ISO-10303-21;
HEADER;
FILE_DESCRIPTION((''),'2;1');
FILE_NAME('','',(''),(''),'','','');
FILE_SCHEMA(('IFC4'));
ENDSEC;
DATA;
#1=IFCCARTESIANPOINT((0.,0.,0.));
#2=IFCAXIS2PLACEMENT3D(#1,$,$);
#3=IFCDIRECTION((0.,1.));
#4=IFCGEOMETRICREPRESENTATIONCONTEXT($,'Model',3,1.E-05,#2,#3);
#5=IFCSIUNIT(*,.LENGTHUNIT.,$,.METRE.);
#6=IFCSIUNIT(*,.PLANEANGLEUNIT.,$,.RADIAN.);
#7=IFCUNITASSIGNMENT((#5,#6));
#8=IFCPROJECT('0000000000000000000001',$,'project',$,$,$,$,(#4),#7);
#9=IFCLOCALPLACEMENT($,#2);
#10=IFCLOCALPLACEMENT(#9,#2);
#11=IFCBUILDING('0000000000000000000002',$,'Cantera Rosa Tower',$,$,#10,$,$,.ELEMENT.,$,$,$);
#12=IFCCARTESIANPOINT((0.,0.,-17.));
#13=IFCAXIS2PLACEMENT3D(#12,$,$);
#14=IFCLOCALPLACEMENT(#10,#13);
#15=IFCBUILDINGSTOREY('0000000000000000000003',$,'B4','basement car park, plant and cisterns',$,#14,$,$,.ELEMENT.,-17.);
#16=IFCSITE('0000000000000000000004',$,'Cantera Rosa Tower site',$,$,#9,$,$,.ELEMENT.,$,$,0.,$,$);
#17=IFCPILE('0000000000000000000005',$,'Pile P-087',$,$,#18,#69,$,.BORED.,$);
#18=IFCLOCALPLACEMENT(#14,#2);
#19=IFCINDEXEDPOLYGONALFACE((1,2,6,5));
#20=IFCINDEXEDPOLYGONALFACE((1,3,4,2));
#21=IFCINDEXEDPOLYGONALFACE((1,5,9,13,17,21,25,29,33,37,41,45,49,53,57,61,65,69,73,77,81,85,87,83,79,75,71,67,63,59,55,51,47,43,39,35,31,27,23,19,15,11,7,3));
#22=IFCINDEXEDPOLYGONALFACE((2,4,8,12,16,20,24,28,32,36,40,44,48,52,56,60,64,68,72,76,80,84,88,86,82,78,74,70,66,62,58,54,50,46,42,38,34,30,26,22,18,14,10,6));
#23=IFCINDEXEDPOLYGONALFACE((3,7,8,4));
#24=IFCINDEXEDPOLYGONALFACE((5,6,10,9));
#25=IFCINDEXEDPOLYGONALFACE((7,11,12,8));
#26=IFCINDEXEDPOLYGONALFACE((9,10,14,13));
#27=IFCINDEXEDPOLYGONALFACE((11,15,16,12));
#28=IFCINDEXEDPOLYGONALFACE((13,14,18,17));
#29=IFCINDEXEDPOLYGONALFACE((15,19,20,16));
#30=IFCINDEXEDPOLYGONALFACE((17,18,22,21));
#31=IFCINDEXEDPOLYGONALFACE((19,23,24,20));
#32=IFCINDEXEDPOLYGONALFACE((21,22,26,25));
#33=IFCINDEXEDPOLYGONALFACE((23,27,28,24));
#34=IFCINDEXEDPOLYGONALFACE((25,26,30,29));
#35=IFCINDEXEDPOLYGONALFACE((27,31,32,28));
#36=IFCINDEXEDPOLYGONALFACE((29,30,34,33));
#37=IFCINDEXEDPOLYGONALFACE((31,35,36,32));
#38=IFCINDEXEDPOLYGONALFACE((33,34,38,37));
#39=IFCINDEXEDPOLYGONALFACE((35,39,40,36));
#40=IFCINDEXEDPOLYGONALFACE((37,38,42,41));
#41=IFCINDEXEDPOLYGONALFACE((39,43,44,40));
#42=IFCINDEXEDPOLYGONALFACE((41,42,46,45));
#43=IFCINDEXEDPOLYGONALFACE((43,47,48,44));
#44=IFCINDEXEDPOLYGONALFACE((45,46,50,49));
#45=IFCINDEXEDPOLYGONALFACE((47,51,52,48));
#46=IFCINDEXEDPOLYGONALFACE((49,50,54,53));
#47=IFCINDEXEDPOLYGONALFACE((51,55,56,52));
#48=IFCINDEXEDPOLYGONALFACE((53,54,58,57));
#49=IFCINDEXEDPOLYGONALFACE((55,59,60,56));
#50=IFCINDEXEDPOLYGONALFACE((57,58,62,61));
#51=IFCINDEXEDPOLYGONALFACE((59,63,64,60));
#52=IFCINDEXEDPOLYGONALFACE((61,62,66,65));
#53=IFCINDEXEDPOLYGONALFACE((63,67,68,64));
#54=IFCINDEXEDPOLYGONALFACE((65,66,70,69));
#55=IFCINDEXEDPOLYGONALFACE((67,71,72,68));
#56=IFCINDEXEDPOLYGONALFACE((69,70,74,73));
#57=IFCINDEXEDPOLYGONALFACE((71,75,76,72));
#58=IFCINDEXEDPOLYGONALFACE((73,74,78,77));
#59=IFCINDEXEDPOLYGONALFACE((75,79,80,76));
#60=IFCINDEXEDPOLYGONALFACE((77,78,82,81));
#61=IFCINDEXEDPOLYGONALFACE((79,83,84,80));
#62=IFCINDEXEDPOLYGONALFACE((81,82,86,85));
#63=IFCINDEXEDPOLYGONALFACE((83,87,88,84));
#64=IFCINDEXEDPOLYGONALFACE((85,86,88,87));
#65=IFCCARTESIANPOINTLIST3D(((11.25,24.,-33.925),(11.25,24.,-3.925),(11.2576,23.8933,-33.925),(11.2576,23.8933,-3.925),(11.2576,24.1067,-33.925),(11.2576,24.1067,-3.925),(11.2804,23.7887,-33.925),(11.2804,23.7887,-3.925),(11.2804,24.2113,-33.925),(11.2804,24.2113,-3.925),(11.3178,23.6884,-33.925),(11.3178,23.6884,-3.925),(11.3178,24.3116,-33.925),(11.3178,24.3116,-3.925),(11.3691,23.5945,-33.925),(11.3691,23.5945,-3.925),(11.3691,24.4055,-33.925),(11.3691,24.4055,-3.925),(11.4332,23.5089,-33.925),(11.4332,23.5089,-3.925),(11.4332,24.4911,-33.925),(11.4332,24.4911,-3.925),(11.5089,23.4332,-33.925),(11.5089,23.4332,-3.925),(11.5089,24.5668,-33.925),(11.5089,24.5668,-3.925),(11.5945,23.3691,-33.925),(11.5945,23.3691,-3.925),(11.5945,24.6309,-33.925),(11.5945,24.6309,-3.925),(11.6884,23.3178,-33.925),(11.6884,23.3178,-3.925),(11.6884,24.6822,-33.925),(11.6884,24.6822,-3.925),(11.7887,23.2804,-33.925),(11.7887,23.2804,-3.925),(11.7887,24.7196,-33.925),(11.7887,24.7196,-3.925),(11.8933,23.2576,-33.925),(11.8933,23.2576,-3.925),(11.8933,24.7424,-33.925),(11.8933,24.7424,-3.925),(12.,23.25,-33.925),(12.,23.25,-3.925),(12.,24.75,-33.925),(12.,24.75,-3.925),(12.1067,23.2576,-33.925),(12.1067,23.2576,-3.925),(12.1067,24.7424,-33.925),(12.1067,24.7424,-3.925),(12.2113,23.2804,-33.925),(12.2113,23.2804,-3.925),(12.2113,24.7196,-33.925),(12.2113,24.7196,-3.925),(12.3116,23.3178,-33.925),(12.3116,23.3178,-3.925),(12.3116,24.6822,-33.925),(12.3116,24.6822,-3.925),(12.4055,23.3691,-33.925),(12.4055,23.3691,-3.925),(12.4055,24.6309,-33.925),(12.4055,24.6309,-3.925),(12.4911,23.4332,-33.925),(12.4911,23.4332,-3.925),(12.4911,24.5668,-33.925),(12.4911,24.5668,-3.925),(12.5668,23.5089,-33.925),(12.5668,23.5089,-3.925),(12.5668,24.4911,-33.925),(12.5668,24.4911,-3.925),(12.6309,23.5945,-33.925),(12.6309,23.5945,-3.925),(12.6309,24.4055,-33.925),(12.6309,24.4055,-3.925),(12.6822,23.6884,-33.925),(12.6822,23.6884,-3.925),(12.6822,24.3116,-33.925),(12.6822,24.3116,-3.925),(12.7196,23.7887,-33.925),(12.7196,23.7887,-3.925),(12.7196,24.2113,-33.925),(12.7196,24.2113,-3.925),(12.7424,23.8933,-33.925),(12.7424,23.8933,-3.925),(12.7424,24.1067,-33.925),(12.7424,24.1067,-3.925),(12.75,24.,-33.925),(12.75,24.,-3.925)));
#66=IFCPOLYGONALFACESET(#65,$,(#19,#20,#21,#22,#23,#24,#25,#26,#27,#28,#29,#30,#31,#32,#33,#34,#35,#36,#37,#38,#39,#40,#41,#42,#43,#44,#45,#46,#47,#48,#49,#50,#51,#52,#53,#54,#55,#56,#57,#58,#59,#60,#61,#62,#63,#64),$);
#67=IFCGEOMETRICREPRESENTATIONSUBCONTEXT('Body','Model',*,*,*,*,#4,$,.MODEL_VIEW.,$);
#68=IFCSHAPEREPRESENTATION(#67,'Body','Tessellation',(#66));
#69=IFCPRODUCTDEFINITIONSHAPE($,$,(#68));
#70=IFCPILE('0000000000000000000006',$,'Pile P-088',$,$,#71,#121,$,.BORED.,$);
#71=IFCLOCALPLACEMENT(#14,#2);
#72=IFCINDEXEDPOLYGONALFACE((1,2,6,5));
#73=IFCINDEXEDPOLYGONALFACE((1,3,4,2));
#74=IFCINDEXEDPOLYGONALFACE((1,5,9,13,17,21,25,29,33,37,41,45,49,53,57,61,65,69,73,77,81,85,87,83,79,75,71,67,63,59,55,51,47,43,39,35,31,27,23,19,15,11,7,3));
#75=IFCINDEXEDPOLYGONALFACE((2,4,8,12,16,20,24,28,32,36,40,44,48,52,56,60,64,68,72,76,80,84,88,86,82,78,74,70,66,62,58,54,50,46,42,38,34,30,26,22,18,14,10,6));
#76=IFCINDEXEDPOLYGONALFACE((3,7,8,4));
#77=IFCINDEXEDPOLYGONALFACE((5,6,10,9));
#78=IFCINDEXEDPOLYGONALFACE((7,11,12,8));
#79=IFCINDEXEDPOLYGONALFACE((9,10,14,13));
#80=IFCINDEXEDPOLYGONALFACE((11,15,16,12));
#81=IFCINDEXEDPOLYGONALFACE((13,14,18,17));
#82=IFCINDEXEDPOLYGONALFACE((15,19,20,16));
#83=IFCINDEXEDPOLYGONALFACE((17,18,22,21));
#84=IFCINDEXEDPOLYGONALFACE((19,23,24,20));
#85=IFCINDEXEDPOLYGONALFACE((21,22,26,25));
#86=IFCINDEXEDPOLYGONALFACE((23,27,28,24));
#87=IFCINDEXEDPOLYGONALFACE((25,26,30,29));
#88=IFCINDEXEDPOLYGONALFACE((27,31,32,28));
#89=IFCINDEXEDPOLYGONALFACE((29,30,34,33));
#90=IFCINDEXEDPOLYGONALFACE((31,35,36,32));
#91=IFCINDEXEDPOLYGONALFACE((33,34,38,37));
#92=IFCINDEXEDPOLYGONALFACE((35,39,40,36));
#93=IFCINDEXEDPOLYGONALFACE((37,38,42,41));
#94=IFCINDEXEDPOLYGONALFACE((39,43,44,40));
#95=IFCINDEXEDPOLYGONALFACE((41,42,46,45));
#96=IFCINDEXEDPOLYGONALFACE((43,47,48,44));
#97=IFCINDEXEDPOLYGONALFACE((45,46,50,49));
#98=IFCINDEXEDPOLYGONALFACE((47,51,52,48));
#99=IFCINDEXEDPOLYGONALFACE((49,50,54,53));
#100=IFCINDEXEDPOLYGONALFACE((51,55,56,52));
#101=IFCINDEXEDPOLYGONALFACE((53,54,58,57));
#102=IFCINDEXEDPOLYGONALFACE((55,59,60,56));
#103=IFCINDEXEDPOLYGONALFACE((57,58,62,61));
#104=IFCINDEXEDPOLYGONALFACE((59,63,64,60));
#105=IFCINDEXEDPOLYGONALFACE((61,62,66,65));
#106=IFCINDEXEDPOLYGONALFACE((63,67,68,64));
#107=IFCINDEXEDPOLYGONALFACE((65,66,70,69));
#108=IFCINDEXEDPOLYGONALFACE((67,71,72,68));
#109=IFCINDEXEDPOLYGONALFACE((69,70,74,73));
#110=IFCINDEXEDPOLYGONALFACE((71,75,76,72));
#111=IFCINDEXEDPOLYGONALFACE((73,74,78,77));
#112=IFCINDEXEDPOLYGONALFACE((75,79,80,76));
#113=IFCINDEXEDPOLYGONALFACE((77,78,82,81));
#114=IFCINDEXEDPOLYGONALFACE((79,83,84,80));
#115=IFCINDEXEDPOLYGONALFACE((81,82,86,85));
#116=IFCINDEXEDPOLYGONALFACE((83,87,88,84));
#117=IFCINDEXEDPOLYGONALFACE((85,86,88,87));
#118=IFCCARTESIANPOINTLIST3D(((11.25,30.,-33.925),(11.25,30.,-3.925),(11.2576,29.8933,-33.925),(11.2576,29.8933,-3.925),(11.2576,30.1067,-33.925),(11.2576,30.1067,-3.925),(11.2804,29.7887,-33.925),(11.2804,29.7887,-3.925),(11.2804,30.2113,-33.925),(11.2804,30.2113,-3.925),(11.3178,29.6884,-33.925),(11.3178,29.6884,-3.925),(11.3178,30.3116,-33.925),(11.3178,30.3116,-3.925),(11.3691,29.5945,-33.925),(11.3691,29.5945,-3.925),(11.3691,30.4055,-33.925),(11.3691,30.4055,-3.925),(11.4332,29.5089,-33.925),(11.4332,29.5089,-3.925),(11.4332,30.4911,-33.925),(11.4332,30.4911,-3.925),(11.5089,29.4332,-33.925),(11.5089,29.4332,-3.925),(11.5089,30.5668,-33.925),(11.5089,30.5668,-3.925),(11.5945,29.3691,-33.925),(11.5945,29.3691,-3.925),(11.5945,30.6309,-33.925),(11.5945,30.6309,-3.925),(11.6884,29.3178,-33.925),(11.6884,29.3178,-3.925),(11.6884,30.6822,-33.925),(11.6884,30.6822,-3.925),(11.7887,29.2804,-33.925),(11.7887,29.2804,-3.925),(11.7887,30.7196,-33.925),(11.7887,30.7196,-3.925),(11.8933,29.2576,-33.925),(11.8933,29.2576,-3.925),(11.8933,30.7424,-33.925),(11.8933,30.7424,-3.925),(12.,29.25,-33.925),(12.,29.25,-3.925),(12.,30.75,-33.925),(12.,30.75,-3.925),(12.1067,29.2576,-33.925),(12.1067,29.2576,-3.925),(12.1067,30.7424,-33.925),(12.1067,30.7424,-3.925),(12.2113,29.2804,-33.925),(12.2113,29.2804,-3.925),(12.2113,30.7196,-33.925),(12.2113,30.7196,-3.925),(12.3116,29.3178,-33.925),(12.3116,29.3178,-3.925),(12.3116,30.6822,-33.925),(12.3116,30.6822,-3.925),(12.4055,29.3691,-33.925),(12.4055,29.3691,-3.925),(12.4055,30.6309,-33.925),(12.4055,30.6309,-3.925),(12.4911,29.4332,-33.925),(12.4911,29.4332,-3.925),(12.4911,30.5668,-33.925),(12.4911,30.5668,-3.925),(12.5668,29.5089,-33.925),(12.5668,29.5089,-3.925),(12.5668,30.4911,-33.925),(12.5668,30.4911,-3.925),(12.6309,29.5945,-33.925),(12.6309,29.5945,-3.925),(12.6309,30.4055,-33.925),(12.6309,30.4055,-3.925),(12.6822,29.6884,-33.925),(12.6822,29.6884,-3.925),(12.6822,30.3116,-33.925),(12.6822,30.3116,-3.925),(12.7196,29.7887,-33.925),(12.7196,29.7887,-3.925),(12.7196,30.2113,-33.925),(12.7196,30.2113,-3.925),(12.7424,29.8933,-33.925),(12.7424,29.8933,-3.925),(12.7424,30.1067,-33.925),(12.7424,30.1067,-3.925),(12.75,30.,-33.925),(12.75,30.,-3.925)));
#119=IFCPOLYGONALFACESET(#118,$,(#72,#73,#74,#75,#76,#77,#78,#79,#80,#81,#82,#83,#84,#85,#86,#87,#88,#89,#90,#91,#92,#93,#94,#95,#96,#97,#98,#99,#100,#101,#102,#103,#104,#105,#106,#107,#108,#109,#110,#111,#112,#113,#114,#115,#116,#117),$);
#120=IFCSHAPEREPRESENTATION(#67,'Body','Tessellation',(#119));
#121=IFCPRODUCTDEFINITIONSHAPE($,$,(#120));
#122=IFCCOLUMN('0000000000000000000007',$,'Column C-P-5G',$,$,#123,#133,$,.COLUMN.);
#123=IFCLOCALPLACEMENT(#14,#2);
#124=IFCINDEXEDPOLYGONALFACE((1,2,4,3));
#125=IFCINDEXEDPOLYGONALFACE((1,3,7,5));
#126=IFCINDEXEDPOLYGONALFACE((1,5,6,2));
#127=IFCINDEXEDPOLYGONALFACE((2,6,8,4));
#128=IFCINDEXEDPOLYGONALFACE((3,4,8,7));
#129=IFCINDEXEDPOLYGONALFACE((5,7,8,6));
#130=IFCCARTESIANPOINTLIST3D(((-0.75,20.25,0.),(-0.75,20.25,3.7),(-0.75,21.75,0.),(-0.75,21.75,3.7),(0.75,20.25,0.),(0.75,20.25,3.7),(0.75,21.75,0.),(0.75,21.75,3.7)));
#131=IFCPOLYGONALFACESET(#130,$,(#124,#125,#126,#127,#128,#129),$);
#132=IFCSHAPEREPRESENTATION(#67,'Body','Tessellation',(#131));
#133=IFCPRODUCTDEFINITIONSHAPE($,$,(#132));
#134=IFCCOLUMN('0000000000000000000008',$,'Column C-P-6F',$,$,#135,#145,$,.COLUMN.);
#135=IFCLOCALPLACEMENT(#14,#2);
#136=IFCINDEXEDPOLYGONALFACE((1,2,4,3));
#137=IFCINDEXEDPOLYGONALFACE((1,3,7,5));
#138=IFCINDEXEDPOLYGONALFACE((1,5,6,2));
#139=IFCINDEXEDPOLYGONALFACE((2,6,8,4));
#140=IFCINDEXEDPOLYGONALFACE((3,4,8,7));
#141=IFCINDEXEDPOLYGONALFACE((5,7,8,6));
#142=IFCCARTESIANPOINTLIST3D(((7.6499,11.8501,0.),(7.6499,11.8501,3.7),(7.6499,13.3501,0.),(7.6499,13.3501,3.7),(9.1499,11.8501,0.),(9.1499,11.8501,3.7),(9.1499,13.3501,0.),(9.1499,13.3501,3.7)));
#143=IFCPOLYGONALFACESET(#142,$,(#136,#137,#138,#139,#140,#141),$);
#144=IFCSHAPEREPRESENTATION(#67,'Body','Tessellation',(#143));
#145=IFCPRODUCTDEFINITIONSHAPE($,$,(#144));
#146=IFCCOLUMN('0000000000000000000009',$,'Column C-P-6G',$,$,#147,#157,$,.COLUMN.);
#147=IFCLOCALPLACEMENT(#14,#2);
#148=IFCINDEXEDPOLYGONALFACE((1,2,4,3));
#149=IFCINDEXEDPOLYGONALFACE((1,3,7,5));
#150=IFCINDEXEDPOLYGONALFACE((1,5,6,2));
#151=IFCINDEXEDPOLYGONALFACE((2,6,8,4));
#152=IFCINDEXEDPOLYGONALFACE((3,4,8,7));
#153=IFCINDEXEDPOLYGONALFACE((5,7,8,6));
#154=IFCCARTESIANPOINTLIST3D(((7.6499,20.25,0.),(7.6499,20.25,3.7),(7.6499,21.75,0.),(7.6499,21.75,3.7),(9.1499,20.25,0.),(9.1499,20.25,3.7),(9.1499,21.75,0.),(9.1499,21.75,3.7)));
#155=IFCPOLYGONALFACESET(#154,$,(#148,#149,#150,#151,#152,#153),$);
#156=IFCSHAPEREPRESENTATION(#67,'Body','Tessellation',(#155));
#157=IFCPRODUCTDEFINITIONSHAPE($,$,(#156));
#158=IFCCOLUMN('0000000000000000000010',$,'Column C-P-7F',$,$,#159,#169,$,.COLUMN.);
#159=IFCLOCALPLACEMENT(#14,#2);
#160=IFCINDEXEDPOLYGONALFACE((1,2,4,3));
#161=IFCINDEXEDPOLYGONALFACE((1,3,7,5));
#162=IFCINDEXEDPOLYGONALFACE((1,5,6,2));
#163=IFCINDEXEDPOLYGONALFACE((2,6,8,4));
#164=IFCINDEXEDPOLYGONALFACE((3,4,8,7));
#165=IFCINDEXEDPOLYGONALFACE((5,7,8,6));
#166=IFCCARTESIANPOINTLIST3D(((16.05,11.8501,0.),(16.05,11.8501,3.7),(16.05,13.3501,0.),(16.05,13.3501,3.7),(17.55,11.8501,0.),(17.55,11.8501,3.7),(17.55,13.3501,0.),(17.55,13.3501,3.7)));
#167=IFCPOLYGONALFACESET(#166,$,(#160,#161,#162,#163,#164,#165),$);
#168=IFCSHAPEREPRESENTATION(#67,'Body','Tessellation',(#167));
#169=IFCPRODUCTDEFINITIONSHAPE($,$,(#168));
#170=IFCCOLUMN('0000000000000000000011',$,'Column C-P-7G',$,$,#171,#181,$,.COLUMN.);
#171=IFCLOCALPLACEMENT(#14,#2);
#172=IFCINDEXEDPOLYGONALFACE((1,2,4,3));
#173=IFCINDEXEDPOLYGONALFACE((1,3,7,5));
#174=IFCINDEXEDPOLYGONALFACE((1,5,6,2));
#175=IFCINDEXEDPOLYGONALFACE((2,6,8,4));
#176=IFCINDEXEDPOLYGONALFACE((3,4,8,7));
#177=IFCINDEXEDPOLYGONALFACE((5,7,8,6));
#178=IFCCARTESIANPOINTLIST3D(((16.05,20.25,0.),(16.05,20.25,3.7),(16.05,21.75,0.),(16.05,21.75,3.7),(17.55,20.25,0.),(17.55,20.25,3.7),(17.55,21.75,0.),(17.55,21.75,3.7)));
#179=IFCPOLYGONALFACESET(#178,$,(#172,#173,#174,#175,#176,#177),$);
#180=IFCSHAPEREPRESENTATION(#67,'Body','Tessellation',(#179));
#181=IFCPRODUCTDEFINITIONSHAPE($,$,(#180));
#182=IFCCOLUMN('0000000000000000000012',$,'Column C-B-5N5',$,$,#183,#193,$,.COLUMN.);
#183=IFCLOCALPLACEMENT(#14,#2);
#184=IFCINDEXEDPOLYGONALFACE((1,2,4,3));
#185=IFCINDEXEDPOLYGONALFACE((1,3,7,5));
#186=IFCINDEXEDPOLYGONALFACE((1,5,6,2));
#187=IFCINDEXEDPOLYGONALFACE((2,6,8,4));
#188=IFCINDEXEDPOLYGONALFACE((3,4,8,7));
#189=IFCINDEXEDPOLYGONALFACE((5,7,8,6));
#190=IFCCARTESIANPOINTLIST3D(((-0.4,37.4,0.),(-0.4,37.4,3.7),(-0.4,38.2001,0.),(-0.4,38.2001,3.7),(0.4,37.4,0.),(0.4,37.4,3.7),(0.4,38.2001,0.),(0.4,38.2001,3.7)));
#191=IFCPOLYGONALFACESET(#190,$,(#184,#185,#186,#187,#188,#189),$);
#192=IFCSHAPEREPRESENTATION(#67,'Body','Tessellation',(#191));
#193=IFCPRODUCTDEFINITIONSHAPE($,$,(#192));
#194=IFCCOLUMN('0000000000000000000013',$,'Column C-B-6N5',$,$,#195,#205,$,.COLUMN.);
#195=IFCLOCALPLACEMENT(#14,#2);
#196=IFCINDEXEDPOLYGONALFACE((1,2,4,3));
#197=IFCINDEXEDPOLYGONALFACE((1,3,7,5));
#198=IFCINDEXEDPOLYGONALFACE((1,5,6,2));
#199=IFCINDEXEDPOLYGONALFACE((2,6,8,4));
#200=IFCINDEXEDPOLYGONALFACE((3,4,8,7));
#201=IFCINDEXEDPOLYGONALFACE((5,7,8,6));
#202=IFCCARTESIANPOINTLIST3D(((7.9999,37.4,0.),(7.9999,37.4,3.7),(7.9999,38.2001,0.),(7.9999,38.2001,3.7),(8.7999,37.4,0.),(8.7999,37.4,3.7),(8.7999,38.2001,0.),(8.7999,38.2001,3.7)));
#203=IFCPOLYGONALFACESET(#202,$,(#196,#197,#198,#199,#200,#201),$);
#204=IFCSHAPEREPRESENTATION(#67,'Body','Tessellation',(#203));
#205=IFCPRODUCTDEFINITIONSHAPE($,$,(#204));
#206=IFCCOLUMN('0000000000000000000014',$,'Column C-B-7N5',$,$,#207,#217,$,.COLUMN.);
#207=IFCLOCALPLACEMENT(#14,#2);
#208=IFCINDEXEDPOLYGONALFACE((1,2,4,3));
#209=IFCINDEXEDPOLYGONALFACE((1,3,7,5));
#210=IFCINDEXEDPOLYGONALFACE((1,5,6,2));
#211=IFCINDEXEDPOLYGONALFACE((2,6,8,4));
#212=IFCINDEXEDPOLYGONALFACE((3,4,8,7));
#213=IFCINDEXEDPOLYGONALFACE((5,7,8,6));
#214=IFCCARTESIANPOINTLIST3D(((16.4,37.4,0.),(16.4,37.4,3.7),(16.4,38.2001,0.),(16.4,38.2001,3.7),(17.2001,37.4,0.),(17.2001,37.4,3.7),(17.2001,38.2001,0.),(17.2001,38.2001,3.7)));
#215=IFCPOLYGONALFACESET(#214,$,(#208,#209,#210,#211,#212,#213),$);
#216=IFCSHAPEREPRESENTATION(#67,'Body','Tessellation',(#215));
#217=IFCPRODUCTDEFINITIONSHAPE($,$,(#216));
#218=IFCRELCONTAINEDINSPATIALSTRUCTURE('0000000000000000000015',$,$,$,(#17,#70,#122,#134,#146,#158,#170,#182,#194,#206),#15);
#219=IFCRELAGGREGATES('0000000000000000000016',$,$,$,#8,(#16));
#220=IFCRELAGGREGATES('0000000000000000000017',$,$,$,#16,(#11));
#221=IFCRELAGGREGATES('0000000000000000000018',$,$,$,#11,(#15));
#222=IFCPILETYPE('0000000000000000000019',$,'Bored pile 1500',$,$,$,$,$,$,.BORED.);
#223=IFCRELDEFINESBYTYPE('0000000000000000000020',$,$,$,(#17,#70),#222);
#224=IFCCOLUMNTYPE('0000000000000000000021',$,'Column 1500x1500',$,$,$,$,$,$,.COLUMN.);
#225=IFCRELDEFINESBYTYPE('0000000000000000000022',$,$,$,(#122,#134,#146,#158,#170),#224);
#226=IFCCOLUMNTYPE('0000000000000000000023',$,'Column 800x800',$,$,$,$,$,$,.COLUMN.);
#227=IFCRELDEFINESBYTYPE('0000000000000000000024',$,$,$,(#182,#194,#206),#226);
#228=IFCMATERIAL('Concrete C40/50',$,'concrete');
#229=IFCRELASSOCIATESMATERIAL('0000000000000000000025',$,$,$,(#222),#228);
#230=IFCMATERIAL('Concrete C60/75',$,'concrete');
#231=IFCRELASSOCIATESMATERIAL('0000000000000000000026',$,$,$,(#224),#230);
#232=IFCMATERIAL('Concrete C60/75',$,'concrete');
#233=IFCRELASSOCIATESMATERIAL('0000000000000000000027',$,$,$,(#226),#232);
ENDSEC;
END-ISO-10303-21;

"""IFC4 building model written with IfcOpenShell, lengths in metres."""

from ifc_helpers import new_model, si_unit, direction, frame, origin, origin_2d, place, context, subcontext, project, spatial, rectangle, circle, extrude, material, material_profile, profile_set, type_object, element, save


model = new_model("IFC4")

# Units and contexts
model_context = context("Model", 3, precision=1e-05, world=origin(), true_north=direction((0.0, 1.0)))
body_context = subcontext(model_context, "Body", "Model", "MODEL_VIEW")
ifc_project = project(units=[si_unit("LENGTHUNIT", "METRE"), si_unit("PLANEANGLEUNIT", "RADIAN")], contexts=[model_context])

# Site, building, storey
site_placement = place(None, origin())
site = spatial("IfcSite", under=ifc_project, at=site_placement, Name="Cantera Rosa Tower site", CompositionType="ELEMENT", RefElevation=0.0)
building_placement = place(site_placement, origin())
building = spatial("IfcBuilding", under=site, at=building_placement, Name="Cantera Rosa Tower", CompositionType="ELEMENT")
storey_placement = place(building_placement, frame((0.0, 0.0, -17.0)))
storey = spatial("IfcBuildingStorey", under=building, at=storey_placement, Name="B4", Description="basement car park, plant and cisterns", CompositionType="ELEMENT", Elevation=-17.0)

# Piles
ifc_material_1 = material(Name="Concrete C40/50", Category="concrete")
ifc_material_profile_1 = material_profile(ifc_material_1, circle(Radius=0.75, at=origin_2d()), Name="Bored pile 1500")
ifc_profile_set_1 = profile_set([ifc_material_profile_1], Name="Concrete C40/50")
pile_type = type_object("IfcPileType", Name="Bored pile 1500", PredefinedType="BORED", material=ifc_profile_set_1)
for number, where, z_axis, x_axis, name in (
    (1, (12.0, 24.0, -3.925), (0.0, 0.0, -1.0), (1.0, 0.0, 0.0), "Pile P-087"),
    (2, (12.0, 30.0, -3.925), (0.0, 0.0, -1.0), (1.0, 0.0, 0.0), "Pile P-088"),
):
    element("IfcPile", number, at=place(storey_placement, frame(where, z_axis=z_axis, x_axis=x_axis)), inside=storey, type_object=pile_type, Name=name, PredefinedType="BORED", context=body_context, shape_type="SweptSolid", body=[
        extrude(circle(Radius=0.75, at=origin_2d()), origin(), (0.0, 0.0, 1.0), 30.0),
    ])

# Columns
ifc_material_2 = material(Name="Concrete C60/75", Category="concrete")
ifc_material_profile_2 = material_profile(ifc_material_2, rectangle(XDim=1.5, YDim=1.5, at=origin_2d()), Name="Column 1500x1500")
ifc_profile_set_2 = profile_set([ifc_material_profile_2], Name="Concrete C60/75")
column_type_1 = type_object("IfcColumnType", Name="Column 1500x1500", PredefinedType="COLUMN", material=ifc_profile_set_2)
for number, where, z_axis, x_axis, name in (
    (3, (0.0, 21.0, 0.0), (0.0, 0.0, 1.0), (1.0, 0.0, 0.0), "Column C-P-5G"),
    (4, (8.3999, 12.6001, 0.0), (0.0, 0.0, 1.0), (1.0, 0.0, 0.0), "Column C-P-6F"),
    (5, (8.3999, 21.0, 0.0), (0.0, 0.0, 1.0), (1.0, 0.0, 0.0), "Column C-P-6G"),
    (6, (16.8, 12.6001, 0.0), (0.0, 0.0, 1.0), (1.0, 0.0, 0.0), "Column C-P-7F"),
    (7, (16.8, 21.0, 0.0), (0.0, 0.0, 1.0), (1.0, 0.0, 0.0), "Column C-P-7G"),
):
    element("IfcColumn", number, at=place(storey_placement, frame(where, z_axis=z_axis, x_axis=x_axis)), inside=storey, type_object=column_type_1, Name=name, PredefinedType="COLUMN", context=body_context, shape_type="SweptSolid", body=[
        extrude(rectangle(XDim=1.5, YDim=1.5, at=origin_2d()), origin(), (0.0, 0.0, 1.0), 3.7),
    ])
ifc_material_3 = material(Name="Concrete C60/75", Category="concrete")
ifc_material_profile_3 = material_profile(ifc_material_3, rectangle(XDim=0.8, YDim=0.8, at=origin_2d()), Name="Column 800x800")
ifc_profile_set_3 = profile_set([ifc_material_profile_3], Name="Concrete C60/75")
column_type_2 = type_object("IfcColumnType", Name="Column 800x800", PredefinedType="COLUMN", material=ifc_profile_set_3)
for number, where, z_axis, x_axis, name in (
    (8, (0.0, 37.8, 0.0), (0.0, 0.0, 1.0), (1.0, 0.0, 0.0), "Column C-B-5N5"),
    (9, (8.3999, 37.8, 0.0), (0.0, 0.0, 1.0), (1.0, 0.0, 0.0), "Column C-B-6N5"),
    (10, (16.8, 37.8, 0.0), (0.0, 0.0, 1.0), (1.0, 0.0, 0.0), "Column C-B-7N5"),
):
    element("IfcColumn", number, at=place(storey_placement, frame(where, z_axis=z_axis, x_axis=x_axis)), inside=storey, type_object=column_type_2, Name=name, PredefinedType="COLUMN", context=body_context, shape_type="SweptSolid", body=[
        extrude(rectangle(XDim=0.8, YDim=0.8, at=origin_2d()), origin(), (0.0, 0.0, 1.0), 3.7),
    ])

save(model, "model.ifc")
